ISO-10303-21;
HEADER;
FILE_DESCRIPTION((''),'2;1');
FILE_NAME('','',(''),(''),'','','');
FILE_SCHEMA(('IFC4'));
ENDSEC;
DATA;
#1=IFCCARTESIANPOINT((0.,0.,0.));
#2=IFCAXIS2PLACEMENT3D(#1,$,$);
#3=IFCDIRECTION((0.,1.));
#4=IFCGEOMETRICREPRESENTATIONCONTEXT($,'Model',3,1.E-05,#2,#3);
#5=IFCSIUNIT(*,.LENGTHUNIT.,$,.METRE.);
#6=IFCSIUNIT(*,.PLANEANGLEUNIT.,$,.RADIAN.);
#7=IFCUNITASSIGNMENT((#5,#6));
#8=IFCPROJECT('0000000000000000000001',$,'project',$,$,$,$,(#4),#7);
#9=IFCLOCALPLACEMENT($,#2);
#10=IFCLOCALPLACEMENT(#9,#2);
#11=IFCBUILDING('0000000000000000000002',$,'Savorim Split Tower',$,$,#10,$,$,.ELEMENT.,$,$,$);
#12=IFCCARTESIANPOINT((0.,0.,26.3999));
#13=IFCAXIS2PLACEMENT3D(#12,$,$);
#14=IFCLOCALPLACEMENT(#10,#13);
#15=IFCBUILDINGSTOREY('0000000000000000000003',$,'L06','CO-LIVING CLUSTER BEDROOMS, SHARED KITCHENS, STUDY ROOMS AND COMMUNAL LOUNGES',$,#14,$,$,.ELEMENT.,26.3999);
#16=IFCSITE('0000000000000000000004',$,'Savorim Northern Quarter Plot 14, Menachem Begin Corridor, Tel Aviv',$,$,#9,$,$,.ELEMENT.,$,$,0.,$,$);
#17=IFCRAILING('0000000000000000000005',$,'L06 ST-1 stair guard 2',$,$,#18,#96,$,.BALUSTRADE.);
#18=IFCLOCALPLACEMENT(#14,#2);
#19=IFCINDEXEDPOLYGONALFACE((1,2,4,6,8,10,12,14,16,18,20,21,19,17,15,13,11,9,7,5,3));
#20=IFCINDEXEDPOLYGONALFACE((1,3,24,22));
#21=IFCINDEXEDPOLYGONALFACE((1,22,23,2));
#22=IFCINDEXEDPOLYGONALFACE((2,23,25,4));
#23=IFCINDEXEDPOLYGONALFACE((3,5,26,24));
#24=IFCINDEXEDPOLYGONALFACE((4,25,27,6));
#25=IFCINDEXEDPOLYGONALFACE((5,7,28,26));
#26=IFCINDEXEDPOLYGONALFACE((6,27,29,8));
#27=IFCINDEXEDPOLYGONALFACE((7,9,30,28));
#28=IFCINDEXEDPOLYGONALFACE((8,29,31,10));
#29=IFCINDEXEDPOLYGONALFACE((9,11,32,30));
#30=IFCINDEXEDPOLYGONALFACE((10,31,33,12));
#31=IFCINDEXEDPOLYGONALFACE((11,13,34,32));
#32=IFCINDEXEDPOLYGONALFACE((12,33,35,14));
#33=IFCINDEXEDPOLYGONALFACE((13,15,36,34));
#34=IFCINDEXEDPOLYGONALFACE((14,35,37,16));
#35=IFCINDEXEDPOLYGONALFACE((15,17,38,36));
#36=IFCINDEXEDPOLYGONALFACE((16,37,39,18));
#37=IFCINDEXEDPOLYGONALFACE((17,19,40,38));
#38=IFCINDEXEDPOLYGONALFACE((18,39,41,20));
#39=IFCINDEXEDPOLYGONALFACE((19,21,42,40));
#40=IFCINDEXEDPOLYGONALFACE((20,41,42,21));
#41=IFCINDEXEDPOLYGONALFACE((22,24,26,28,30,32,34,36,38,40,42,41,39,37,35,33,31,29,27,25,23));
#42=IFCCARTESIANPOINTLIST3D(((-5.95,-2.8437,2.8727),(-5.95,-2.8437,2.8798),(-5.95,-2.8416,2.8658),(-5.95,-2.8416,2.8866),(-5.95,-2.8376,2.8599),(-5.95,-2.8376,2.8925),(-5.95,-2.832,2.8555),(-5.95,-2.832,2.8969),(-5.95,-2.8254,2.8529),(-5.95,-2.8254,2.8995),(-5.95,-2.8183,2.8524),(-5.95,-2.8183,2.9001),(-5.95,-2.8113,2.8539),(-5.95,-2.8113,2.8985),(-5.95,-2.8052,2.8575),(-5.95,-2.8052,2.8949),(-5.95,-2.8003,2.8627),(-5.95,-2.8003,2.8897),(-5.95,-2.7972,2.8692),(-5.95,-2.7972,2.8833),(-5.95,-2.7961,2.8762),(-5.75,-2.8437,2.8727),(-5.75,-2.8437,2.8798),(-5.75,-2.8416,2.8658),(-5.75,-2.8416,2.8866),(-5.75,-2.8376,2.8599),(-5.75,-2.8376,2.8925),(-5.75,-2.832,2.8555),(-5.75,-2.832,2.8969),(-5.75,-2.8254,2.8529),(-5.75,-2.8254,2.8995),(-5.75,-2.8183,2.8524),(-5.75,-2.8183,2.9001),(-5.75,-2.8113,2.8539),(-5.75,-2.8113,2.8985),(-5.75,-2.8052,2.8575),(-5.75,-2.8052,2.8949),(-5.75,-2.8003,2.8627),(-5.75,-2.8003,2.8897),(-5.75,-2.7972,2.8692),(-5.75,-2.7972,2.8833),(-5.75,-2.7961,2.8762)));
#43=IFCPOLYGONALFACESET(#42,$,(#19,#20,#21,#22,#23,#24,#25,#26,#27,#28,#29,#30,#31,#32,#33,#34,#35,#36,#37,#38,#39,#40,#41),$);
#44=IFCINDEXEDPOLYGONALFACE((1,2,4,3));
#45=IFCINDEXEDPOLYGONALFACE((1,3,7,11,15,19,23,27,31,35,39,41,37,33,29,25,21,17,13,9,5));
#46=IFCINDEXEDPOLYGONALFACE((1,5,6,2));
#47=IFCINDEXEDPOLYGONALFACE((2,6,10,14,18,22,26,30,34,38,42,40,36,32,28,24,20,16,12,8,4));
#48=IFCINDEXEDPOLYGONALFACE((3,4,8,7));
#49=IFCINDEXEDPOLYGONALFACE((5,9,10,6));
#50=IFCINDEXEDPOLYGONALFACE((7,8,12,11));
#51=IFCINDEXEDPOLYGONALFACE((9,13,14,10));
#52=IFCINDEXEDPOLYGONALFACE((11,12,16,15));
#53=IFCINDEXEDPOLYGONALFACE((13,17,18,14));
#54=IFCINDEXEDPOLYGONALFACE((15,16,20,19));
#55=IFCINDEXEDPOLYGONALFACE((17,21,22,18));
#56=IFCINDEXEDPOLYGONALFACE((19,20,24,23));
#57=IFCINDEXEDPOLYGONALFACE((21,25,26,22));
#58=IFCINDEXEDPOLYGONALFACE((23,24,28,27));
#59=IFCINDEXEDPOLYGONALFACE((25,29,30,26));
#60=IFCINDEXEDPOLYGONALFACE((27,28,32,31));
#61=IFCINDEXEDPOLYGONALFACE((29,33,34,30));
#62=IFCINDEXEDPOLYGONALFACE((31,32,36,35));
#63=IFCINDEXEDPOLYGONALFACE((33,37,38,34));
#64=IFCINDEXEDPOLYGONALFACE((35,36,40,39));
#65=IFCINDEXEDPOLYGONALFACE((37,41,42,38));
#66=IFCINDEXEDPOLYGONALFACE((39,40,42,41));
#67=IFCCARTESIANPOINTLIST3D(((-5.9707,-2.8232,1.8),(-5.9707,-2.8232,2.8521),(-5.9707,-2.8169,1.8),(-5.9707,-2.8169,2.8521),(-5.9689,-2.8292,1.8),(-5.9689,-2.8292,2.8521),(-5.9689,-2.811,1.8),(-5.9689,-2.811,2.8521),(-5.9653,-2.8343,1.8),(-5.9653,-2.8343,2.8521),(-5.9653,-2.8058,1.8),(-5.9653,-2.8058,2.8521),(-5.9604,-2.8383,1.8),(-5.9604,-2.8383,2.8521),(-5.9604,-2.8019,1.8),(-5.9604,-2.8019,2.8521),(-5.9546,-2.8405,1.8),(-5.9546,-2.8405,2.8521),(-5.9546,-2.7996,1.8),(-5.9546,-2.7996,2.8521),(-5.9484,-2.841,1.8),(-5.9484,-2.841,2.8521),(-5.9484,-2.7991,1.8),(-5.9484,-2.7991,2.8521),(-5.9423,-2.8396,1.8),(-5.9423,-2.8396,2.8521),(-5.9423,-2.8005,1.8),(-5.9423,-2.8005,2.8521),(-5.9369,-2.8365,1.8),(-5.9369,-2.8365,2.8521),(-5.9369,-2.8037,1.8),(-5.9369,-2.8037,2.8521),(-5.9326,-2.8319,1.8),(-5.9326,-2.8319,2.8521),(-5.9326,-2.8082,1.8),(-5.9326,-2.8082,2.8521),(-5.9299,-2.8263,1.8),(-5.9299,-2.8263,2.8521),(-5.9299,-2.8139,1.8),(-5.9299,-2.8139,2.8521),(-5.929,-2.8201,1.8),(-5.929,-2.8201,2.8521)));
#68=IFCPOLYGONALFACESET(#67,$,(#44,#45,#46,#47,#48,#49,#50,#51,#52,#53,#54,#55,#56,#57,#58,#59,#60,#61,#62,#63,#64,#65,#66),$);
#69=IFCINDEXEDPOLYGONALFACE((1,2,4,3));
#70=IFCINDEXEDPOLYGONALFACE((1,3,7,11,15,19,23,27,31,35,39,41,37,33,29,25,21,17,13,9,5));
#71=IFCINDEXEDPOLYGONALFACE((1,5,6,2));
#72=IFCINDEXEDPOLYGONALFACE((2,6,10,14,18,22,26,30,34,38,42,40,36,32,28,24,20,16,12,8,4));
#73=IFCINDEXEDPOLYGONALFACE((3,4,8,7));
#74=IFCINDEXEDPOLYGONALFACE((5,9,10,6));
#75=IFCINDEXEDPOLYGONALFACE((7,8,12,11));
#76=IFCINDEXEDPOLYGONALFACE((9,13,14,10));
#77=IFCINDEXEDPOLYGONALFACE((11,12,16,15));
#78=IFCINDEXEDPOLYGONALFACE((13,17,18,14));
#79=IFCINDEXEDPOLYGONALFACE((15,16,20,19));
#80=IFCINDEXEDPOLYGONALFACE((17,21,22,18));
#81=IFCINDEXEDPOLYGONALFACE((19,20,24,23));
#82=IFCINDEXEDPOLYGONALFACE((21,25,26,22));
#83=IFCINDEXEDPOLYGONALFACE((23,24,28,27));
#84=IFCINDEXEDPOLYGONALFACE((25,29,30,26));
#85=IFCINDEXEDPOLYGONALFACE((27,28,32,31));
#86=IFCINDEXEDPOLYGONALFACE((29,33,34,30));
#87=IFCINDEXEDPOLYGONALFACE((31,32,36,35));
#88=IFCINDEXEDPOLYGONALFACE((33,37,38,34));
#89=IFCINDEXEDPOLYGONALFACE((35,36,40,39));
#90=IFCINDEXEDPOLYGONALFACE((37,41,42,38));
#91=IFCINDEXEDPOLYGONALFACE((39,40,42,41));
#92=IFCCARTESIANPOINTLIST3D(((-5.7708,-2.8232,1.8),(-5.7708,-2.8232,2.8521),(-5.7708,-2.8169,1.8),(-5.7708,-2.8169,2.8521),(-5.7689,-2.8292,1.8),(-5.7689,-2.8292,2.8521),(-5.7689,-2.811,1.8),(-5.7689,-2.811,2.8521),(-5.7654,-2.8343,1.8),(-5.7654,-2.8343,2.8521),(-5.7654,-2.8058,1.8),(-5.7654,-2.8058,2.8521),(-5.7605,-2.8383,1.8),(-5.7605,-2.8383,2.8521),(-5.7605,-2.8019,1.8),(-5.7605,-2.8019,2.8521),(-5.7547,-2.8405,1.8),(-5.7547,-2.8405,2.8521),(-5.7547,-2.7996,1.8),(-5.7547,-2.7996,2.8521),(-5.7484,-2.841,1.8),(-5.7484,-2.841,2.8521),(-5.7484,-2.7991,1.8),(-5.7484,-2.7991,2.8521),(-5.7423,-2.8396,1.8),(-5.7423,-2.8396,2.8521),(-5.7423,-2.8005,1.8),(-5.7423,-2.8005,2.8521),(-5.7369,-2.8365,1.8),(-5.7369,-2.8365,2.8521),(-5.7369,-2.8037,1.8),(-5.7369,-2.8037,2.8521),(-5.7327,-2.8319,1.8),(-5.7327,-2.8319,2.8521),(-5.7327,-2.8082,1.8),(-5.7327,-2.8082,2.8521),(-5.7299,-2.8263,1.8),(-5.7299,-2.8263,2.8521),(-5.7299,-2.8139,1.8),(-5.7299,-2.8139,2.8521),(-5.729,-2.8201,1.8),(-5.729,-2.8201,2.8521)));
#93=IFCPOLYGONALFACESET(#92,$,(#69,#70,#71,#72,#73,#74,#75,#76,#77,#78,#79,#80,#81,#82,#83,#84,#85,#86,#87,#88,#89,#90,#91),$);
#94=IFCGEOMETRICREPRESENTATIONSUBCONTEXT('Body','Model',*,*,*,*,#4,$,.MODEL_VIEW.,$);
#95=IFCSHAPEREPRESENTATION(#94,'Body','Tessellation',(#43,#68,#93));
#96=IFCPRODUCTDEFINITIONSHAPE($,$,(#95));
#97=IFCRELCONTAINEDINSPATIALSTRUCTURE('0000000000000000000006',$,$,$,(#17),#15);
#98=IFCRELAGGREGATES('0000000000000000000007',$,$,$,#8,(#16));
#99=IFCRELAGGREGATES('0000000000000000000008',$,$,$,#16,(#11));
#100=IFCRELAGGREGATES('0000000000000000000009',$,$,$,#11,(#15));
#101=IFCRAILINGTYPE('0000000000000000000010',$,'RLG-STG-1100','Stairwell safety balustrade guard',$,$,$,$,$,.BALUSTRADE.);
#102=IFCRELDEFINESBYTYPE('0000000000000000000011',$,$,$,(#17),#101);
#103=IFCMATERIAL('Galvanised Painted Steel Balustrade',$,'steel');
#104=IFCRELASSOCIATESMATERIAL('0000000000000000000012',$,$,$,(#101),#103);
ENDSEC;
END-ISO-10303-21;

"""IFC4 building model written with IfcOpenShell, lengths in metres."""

from ifc_helpers import new_model, si_unit, direction, frame, origin, origin_2d, place, context, subcontext, project, spatial, circle, extrude, material, type_object, element, save


model = new_model("IFC4")

# Units and contexts
model_context = context("Model", 3, precision=1e-05, world=origin(), true_north=direction((0.0, 1.0)))
body_context = subcontext(model_context, "Body", "Model", "MODEL_VIEW")
ifc_project = project(units=[si_unit("LENGTHUNIT", "METRE"), si_unit("PLANEANGLEUNIT", "RADIAN")], contexts=[model_context])

# Site, building, storey
site_placement = place(None, origin())
site = spatial("IfcSite", under=ifc_project, at=site_placement, Name="Savorim Northern Quarter Plot 14, Menachem Begin Corridor, Tel Aviv", CompositionType="ELEMENT", RefElevation=0.0)
building_placement = place(site_placement, origin())
building = spatial("IfcBuilding", under=site, at=building_placement, Name="Savorim Split Tower", CompositionType="ELEMENT")
storey_placement = place(building_placement, frame((0.0, 0.0, 26.3999)))
storey = spatial("IfcBuildingStorey", under=building, at=storey_placement, Name="L06", Description="CO-LIVING CLUSTER BEDROOMS, SHARED KITCHENS, STUDY ROOMS AND COMMUNAL LOUNGES", CompositionType="ELEMENT", Elevation=26.3999)

# Railing
ifc_material_1 = material(Name="Galvanised Painted Steel Balustrade", Category="steel")
railing_type_1 = type_object("IfcRailingType", Name="RLG-STG-1100", Description="Stairwell safety balustrade guard", PredefinedType="BALUSTRADE", material=ifc_material_1)
railing_1_placement = place(storey_placement, frame((-5.95, -2.8201, 1.8)))
element("IfcRailing", 1, at=railing_1_placement, inside=storey, type_object=railing_type_1, Name="L06 ST-1 stair guard 2", PredefinedType="BALUSTRADE", context=body_context, shape_type="SweptSolid", body=[
    extrude(circle(Radius=0.0239, at=origin_2d()), frame((0.0, 0.0, 1.0762), z_axis=(1.0, 0.0, 0.0), x_axis=(0.0, 1.0, 0.0)), (0.0, 0.0, 1.0), 0.2),
    extrude(circle(Radius=0.021, at=origin_2d()), origin(), (0.0, 0.0, 1.0), 1.052),
    extrude(circle(Radius=0.021, at=origin_2d()), frame((0.2, 0.0, 0.0)), (0.0, 0.0, 1.0), 1.052),
])

save(model, "model.ifc")
